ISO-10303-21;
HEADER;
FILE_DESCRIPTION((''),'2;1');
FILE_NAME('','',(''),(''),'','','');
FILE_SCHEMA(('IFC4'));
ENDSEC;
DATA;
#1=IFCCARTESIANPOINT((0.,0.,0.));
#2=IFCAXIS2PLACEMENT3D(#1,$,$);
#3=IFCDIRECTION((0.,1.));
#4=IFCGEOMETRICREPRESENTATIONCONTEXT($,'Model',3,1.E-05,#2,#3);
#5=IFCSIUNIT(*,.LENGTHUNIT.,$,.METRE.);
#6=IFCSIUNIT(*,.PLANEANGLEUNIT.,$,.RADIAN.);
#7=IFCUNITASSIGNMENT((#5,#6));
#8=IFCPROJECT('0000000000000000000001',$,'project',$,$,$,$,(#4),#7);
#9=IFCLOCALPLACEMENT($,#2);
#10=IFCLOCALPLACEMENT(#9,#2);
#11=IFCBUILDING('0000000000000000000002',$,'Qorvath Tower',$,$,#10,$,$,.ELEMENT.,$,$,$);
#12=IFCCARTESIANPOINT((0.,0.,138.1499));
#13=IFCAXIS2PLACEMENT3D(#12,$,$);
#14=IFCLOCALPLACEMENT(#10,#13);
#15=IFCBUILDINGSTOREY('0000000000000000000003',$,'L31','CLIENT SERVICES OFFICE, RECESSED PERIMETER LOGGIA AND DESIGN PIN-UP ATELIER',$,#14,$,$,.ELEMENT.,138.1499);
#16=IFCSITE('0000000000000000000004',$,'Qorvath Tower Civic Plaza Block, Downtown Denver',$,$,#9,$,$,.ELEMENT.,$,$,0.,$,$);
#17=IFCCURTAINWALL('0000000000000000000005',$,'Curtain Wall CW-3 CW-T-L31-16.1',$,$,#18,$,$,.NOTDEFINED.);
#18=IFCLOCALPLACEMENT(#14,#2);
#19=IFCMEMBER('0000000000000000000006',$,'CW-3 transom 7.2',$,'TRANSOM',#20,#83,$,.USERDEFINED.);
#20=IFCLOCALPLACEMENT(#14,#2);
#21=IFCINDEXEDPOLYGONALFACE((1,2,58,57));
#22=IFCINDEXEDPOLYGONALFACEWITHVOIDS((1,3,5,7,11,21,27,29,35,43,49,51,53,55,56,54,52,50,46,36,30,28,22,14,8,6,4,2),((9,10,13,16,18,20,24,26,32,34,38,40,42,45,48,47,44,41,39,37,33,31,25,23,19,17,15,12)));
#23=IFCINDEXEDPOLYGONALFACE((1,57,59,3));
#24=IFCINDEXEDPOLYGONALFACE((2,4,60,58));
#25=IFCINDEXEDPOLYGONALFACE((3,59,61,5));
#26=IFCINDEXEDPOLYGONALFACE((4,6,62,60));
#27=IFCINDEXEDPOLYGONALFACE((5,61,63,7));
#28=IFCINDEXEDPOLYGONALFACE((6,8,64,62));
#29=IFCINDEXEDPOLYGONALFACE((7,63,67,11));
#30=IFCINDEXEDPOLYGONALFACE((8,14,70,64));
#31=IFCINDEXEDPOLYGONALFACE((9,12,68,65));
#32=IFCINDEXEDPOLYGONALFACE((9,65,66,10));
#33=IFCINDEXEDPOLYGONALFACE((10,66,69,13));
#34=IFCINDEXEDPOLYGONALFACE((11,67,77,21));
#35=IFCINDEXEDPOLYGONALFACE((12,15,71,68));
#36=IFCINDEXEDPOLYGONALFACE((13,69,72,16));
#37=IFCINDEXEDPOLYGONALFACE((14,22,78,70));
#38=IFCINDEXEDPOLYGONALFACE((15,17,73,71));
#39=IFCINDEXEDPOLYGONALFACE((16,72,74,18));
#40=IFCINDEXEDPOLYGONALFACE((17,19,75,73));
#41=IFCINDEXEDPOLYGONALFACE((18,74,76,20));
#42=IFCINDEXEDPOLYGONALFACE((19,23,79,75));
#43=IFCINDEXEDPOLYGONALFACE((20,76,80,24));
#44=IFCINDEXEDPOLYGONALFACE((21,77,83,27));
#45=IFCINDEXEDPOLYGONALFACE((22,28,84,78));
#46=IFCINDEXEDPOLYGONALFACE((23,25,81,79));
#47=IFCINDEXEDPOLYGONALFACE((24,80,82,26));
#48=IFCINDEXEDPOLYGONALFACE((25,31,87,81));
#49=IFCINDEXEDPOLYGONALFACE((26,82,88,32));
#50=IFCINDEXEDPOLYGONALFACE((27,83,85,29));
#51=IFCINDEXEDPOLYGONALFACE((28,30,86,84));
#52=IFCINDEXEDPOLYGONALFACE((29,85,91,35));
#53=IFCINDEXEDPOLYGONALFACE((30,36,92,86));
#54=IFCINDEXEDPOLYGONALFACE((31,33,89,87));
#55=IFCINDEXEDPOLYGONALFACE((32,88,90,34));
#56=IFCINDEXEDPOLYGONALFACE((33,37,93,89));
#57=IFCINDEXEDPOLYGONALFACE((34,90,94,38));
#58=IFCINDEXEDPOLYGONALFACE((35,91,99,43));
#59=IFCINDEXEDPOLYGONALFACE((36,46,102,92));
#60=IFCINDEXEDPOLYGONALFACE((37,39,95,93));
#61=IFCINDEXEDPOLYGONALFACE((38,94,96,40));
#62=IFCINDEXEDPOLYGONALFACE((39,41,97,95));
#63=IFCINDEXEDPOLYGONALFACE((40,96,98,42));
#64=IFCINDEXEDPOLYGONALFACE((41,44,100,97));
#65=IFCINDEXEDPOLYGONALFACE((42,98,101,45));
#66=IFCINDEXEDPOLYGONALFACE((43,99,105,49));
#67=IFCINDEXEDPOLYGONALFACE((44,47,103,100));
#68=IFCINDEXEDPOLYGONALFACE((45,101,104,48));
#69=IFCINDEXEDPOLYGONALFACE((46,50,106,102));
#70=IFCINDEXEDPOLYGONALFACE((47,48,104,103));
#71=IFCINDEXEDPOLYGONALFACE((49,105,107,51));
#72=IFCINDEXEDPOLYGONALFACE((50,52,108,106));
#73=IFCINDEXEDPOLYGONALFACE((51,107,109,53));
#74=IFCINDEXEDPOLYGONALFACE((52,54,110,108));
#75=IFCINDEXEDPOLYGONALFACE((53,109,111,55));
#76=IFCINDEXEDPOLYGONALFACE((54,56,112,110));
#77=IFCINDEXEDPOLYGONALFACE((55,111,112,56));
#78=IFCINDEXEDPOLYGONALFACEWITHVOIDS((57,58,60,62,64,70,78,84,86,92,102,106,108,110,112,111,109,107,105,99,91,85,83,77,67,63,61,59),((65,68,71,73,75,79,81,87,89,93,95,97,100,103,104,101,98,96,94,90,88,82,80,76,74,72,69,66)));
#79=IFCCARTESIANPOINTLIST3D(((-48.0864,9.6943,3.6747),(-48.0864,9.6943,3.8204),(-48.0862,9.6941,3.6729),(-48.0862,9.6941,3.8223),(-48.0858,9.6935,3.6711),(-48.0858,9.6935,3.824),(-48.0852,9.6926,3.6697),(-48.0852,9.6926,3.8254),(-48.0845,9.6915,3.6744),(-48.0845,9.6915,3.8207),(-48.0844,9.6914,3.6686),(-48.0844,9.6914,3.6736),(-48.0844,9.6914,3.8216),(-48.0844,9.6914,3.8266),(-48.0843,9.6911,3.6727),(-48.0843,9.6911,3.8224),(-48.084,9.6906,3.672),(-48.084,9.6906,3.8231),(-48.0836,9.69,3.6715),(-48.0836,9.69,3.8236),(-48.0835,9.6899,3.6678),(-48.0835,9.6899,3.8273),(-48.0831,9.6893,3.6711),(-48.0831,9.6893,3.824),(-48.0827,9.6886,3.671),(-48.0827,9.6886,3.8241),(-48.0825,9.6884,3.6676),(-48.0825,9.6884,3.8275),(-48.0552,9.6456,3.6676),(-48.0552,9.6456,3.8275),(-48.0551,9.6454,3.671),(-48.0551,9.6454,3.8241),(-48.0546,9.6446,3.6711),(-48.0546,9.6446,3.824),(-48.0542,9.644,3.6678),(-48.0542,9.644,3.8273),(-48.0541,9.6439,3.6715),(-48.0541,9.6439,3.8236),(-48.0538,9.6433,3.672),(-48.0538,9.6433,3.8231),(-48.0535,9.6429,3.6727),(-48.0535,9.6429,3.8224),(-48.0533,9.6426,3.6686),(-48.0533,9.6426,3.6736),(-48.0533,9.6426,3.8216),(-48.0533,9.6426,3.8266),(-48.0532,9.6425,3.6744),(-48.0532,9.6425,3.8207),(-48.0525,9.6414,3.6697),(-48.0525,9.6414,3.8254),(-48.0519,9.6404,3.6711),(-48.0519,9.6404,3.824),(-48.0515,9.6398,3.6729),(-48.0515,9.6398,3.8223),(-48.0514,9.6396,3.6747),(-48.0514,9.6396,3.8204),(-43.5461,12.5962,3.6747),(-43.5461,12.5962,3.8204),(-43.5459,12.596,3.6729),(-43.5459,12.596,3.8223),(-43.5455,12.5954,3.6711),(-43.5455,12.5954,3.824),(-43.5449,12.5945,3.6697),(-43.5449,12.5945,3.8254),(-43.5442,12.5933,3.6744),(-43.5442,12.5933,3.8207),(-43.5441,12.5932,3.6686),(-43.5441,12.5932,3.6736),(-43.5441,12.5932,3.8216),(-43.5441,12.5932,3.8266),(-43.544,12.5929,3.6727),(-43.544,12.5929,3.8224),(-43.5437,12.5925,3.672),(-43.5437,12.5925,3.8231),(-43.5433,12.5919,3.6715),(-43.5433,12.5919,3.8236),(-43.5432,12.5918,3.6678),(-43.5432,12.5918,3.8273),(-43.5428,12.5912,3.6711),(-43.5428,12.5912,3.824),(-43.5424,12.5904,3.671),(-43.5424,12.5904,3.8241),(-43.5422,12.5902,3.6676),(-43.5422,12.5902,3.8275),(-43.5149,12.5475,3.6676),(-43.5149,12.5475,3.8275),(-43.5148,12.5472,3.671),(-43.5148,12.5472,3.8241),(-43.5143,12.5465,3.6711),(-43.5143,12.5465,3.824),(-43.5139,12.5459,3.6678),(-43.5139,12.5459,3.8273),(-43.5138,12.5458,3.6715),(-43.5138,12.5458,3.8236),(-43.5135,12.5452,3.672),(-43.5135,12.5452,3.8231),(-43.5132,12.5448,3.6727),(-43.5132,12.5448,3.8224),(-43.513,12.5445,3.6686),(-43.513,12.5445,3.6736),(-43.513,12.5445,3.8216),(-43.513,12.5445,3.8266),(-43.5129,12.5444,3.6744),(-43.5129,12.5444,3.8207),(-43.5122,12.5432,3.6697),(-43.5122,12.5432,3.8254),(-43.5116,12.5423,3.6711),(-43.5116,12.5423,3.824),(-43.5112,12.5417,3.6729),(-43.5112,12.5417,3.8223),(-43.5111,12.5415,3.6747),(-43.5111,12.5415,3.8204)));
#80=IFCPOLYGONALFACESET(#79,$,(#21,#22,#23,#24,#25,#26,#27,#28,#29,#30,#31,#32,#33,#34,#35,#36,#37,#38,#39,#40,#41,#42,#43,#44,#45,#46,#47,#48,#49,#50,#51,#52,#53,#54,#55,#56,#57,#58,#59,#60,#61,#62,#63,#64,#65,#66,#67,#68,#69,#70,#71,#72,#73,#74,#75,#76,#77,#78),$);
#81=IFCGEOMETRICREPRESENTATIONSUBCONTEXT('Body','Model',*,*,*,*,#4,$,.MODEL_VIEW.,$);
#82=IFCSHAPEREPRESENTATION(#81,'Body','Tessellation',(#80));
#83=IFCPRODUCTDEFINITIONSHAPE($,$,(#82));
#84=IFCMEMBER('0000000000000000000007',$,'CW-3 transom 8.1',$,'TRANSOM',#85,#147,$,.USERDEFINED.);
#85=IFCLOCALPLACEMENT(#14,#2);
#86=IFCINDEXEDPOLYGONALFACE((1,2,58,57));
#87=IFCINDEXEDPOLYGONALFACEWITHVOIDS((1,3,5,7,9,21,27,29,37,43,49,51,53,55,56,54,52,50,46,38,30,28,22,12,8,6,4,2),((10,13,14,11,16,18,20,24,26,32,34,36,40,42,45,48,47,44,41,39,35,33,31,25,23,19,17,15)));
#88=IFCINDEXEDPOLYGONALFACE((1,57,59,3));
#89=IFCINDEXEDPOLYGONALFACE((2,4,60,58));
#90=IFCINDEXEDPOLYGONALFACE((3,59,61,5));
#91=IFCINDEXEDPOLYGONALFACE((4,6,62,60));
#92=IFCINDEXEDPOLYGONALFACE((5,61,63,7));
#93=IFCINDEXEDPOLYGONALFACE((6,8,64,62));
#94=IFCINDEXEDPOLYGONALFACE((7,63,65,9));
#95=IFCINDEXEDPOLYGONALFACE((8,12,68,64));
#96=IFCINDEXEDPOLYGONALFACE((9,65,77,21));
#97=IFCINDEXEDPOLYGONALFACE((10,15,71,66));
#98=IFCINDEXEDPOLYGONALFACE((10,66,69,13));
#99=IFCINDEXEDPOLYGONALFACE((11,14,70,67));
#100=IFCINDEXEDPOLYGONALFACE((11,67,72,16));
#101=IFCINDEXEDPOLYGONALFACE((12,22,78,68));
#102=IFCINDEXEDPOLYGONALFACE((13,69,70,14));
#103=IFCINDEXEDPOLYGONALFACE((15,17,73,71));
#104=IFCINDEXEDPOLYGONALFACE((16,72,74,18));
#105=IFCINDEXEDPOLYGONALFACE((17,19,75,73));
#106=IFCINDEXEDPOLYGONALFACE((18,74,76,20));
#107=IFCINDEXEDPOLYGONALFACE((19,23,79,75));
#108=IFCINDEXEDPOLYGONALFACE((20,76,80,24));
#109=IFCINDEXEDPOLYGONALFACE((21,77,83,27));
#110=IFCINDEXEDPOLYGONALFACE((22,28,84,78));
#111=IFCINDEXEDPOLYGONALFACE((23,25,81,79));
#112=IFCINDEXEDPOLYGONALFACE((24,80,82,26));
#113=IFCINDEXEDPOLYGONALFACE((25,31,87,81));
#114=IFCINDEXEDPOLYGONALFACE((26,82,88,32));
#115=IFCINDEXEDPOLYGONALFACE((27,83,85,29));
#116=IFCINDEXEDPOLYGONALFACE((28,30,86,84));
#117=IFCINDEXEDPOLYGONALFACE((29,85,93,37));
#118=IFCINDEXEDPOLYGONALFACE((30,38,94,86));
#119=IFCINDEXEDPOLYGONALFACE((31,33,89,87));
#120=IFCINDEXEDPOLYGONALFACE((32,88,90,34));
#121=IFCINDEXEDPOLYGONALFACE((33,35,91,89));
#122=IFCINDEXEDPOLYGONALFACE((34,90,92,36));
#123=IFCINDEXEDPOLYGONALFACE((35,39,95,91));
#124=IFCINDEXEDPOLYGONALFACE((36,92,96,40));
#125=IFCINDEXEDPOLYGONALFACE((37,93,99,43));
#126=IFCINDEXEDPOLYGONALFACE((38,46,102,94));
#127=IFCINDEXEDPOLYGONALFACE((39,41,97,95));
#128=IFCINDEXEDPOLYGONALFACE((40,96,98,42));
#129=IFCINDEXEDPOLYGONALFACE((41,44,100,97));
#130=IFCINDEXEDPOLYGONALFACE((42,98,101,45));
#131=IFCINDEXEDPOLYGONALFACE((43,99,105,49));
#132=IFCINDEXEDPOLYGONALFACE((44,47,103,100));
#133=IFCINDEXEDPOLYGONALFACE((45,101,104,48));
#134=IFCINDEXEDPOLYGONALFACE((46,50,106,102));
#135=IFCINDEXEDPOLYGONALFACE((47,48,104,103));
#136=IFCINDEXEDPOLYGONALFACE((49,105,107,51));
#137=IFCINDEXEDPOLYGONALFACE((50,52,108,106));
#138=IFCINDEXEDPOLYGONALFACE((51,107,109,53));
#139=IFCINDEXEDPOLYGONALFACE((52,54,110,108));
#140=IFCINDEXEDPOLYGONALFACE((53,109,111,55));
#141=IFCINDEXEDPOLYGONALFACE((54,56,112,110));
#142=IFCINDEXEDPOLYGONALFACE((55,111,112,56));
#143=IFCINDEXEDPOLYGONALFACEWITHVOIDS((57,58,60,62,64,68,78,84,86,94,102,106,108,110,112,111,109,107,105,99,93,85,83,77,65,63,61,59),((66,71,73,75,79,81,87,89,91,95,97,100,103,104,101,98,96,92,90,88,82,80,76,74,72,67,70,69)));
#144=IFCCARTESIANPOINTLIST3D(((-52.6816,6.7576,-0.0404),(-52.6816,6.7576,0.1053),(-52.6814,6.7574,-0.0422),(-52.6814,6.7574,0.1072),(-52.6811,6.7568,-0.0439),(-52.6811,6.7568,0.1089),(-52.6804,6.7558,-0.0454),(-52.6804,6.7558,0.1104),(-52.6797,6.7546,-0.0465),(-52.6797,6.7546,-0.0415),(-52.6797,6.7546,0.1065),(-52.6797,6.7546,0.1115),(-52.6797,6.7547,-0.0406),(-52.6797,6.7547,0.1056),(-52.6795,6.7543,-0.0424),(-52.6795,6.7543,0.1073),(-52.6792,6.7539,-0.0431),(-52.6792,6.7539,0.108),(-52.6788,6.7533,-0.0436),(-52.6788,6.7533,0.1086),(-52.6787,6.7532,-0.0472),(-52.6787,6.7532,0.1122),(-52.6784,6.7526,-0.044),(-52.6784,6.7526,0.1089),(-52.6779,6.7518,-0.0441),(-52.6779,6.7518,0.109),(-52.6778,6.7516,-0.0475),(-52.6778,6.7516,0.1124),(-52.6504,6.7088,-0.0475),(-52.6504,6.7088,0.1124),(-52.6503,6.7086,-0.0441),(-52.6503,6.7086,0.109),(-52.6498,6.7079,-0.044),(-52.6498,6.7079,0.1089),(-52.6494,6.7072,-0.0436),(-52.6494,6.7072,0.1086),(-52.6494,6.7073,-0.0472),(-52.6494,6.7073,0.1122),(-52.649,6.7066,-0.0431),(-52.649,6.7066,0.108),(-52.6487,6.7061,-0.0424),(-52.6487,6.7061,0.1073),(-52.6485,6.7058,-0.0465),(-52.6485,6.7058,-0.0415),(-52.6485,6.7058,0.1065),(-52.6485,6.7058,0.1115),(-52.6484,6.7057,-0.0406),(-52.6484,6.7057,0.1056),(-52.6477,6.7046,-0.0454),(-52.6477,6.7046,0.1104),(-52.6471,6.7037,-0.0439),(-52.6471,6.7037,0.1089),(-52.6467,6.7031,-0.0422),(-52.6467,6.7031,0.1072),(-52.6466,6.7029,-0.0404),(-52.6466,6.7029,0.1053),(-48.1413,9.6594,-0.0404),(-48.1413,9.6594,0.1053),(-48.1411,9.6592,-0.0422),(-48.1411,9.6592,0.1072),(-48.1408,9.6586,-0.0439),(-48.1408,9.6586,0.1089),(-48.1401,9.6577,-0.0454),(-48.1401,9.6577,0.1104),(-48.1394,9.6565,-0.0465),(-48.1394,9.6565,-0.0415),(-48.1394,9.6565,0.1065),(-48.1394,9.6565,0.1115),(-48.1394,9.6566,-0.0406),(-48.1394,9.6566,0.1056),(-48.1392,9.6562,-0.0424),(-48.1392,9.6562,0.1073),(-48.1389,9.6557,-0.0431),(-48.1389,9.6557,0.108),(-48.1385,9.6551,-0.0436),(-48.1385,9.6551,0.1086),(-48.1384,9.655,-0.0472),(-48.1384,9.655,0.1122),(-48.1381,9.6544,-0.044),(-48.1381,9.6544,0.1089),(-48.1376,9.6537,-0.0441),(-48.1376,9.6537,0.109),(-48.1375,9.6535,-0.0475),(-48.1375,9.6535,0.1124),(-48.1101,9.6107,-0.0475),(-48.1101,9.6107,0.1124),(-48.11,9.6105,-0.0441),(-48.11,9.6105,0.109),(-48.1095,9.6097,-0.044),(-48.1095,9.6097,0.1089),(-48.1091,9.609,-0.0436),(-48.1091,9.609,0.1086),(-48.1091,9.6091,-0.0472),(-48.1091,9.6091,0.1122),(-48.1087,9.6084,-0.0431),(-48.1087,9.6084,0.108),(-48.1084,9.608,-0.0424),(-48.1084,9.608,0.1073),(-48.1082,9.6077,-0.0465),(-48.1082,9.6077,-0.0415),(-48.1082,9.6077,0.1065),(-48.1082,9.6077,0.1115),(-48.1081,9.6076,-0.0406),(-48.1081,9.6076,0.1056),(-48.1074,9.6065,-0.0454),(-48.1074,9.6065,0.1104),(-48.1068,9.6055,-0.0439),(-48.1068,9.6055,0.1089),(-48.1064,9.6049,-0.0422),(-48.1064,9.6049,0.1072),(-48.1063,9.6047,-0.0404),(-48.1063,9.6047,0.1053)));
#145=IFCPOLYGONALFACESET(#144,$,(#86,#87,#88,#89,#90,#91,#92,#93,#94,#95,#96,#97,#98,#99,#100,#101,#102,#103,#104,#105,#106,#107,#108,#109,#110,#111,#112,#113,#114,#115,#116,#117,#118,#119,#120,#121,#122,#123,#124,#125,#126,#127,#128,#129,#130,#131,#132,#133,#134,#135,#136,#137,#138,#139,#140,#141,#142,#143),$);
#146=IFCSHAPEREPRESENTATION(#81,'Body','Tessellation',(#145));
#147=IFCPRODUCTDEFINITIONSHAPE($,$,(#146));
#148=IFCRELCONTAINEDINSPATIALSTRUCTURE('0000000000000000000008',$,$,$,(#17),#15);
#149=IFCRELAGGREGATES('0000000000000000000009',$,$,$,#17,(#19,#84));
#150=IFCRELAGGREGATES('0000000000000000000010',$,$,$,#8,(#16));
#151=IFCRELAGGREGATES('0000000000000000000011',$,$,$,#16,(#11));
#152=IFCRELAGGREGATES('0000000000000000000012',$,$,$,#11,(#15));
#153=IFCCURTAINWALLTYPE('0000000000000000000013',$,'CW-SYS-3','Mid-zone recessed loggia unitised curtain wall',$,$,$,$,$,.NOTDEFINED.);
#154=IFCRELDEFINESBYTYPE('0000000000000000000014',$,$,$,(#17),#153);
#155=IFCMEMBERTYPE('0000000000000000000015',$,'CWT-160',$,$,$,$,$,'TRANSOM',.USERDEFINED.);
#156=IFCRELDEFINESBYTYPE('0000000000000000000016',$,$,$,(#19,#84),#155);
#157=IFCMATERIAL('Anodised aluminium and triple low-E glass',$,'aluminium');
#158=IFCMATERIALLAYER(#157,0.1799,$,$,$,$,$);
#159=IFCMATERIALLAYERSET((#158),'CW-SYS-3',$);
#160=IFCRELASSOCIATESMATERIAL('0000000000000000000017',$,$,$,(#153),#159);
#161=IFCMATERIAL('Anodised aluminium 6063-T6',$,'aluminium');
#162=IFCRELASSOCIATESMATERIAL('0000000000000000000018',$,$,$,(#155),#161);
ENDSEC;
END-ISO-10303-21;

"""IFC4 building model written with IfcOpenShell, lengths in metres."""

from ifc_helpers import new_model, si_unit, direction, frame, origin, origin_2d, place, context, subcontext, project, spatial, hollow_rectangle, extrude, material, layer, layer_set, material_profile, profile_set, type_object, element, aggregate, save


model = new_model("IFC4")

# Units and contexts
model_context = context("Model", 3, precision=1e-05, world=origin(), true_north=direction((0.0, 1.0)))
body_context = subcontext(model_context, "Body", "Model", "MODEL_VIEW")
ifc_project = project(units=[si_unit("LENGTHUNIT", "METRE"), si_unit("PLANEANGLEUNIT", "RADIAN")], contexts=[model_context])

# Site, building, storey
site_placement = place(None, origin())
site = spatial("IfcSite", under=ifc_project, at=site_placement, Name="Qorvath Tower Civic Plaza Block, Downtown Denver", CompositionType="ELEMENT", RefElevation=0.0)
building_placement = place(site_placement, origin())
building = spatial("IfcBuilding", under=site, at=building_placement, Name="Qorvath Tower", CompositionType="ELEMENT")
storey_placement = place(building_placement, frame((0.0, 0.0, 138.1499)))
storey = spatial("IfcBuildingStorey", under=building, at=storey_placement, Name="L31", Description="CLIENT SERVICES OFFICE, RECESSED PERIMETER LOGGIA AND DESIGN PIN-UP ATELIER", CompositionType="ELEMENT", Elevation=138.1499)

# Curtain wall, members
ifc_material_1 = material(Name="Anodised aluminium and triple low-E glass", Category="aluminium")
ifc_layer_1 = layer(ifc_material_1, 0.1799)
ifc_layer_set_1 = layer_set([ifc_layer_1], Name="CW-SYS-3")
curtain_wall_type = type_object("IfcCurtainWallType", Name="CW-SYS-3", Description="Mid-zone recessed loggia unitised curtain wall", PredefinedType="NOTDEFINED", material=ifc_layer_set_1)
curtain_wall_placement = place(storey_placement, origin())
curtain_wall = element("IfcCurtainWall", 1, at=curtain_wall_placement, inside=storey, type_object=curtain_wall_type, Name="Curtain Wall CW-3 CW-T-L31-16.1", PredefinedType="NOTDEFINED")
ifc_material_2 = material(Name="Anodised aluminium 6063-T6", Category="aluminium")
ifc_material_profile_1 = material_profile(ifc_material_2, hollow_rectangle(XDim=0.0649, YDim=0.1599, WallThickness=0.0034, InnerFilletRadius=0.0034, OuterFilletRadius=0.0071, at=origin_2d()), Name="CWT 160x65")
ifc_profile_set_1 = profile_set([ifc_material_profile_1], Name="Anodised aluminium 6063-T6")
member_type_1 = type_object("IfcMemberType", Name="CWT-160", ElementType="TRANSOM", PredefinedType="USERDEFINED", material=ifc_profile_set_1)
member_1_placement = place(storey_placement, frame((-43.5286, 12.5688, 3.7476), z_axis=(-0.842602, -0.538537, 0.0), x_axis=(0.538537, -0.842602, 0.0)))
member_1 = element("IfcMember", 2, at=member_1_placement, type_object=member_type_1, Name="CW-3 transom 7.2", ObjectType="TRANSOM", PredefinedType="USERDEFINED", context=body_context, shape_type="SweptSolid", body=[
    extrude(hollow_rectangle(XDim=0.0649, YDim=0.1599, WallThickness=0.0034, InnerFilletRadius=0.0034, OuterFilletRadius=0.0071, at=origin_2d()), origin(), (0.0, 0.0, 1.0), 5.3884),
])
member_2_placement = place(storey_placement, frame((-48.1238, 9.6321, 0.0325), z_axis=(-0.842602, -0.538537, 0.0), x_axis=(0.538537, -0.842602, 0.0)))
member_2 = element("IfcMember", 3, at=member_2_placement, type_object=member_type_1, Name="CW-3 transom 8.1", ObjectType="TRANSOM", PredefinedType="USERDEFINED", context=body_context, shape_type="SweptSolid", body=[
    extrude(hollow_rectangle(XDim=0.0649, YDim=0.1599, WallThickness=0.0034, InnerFilletRadius=0.0034, OuterFilletRadius=0.0071, at=origin_2d()), origin(), (0.0, 0.0, 1.0), 5.3884),
])

aggregate(curtain_wall, [member_1, member_2])

save(model, "model.ifc")
